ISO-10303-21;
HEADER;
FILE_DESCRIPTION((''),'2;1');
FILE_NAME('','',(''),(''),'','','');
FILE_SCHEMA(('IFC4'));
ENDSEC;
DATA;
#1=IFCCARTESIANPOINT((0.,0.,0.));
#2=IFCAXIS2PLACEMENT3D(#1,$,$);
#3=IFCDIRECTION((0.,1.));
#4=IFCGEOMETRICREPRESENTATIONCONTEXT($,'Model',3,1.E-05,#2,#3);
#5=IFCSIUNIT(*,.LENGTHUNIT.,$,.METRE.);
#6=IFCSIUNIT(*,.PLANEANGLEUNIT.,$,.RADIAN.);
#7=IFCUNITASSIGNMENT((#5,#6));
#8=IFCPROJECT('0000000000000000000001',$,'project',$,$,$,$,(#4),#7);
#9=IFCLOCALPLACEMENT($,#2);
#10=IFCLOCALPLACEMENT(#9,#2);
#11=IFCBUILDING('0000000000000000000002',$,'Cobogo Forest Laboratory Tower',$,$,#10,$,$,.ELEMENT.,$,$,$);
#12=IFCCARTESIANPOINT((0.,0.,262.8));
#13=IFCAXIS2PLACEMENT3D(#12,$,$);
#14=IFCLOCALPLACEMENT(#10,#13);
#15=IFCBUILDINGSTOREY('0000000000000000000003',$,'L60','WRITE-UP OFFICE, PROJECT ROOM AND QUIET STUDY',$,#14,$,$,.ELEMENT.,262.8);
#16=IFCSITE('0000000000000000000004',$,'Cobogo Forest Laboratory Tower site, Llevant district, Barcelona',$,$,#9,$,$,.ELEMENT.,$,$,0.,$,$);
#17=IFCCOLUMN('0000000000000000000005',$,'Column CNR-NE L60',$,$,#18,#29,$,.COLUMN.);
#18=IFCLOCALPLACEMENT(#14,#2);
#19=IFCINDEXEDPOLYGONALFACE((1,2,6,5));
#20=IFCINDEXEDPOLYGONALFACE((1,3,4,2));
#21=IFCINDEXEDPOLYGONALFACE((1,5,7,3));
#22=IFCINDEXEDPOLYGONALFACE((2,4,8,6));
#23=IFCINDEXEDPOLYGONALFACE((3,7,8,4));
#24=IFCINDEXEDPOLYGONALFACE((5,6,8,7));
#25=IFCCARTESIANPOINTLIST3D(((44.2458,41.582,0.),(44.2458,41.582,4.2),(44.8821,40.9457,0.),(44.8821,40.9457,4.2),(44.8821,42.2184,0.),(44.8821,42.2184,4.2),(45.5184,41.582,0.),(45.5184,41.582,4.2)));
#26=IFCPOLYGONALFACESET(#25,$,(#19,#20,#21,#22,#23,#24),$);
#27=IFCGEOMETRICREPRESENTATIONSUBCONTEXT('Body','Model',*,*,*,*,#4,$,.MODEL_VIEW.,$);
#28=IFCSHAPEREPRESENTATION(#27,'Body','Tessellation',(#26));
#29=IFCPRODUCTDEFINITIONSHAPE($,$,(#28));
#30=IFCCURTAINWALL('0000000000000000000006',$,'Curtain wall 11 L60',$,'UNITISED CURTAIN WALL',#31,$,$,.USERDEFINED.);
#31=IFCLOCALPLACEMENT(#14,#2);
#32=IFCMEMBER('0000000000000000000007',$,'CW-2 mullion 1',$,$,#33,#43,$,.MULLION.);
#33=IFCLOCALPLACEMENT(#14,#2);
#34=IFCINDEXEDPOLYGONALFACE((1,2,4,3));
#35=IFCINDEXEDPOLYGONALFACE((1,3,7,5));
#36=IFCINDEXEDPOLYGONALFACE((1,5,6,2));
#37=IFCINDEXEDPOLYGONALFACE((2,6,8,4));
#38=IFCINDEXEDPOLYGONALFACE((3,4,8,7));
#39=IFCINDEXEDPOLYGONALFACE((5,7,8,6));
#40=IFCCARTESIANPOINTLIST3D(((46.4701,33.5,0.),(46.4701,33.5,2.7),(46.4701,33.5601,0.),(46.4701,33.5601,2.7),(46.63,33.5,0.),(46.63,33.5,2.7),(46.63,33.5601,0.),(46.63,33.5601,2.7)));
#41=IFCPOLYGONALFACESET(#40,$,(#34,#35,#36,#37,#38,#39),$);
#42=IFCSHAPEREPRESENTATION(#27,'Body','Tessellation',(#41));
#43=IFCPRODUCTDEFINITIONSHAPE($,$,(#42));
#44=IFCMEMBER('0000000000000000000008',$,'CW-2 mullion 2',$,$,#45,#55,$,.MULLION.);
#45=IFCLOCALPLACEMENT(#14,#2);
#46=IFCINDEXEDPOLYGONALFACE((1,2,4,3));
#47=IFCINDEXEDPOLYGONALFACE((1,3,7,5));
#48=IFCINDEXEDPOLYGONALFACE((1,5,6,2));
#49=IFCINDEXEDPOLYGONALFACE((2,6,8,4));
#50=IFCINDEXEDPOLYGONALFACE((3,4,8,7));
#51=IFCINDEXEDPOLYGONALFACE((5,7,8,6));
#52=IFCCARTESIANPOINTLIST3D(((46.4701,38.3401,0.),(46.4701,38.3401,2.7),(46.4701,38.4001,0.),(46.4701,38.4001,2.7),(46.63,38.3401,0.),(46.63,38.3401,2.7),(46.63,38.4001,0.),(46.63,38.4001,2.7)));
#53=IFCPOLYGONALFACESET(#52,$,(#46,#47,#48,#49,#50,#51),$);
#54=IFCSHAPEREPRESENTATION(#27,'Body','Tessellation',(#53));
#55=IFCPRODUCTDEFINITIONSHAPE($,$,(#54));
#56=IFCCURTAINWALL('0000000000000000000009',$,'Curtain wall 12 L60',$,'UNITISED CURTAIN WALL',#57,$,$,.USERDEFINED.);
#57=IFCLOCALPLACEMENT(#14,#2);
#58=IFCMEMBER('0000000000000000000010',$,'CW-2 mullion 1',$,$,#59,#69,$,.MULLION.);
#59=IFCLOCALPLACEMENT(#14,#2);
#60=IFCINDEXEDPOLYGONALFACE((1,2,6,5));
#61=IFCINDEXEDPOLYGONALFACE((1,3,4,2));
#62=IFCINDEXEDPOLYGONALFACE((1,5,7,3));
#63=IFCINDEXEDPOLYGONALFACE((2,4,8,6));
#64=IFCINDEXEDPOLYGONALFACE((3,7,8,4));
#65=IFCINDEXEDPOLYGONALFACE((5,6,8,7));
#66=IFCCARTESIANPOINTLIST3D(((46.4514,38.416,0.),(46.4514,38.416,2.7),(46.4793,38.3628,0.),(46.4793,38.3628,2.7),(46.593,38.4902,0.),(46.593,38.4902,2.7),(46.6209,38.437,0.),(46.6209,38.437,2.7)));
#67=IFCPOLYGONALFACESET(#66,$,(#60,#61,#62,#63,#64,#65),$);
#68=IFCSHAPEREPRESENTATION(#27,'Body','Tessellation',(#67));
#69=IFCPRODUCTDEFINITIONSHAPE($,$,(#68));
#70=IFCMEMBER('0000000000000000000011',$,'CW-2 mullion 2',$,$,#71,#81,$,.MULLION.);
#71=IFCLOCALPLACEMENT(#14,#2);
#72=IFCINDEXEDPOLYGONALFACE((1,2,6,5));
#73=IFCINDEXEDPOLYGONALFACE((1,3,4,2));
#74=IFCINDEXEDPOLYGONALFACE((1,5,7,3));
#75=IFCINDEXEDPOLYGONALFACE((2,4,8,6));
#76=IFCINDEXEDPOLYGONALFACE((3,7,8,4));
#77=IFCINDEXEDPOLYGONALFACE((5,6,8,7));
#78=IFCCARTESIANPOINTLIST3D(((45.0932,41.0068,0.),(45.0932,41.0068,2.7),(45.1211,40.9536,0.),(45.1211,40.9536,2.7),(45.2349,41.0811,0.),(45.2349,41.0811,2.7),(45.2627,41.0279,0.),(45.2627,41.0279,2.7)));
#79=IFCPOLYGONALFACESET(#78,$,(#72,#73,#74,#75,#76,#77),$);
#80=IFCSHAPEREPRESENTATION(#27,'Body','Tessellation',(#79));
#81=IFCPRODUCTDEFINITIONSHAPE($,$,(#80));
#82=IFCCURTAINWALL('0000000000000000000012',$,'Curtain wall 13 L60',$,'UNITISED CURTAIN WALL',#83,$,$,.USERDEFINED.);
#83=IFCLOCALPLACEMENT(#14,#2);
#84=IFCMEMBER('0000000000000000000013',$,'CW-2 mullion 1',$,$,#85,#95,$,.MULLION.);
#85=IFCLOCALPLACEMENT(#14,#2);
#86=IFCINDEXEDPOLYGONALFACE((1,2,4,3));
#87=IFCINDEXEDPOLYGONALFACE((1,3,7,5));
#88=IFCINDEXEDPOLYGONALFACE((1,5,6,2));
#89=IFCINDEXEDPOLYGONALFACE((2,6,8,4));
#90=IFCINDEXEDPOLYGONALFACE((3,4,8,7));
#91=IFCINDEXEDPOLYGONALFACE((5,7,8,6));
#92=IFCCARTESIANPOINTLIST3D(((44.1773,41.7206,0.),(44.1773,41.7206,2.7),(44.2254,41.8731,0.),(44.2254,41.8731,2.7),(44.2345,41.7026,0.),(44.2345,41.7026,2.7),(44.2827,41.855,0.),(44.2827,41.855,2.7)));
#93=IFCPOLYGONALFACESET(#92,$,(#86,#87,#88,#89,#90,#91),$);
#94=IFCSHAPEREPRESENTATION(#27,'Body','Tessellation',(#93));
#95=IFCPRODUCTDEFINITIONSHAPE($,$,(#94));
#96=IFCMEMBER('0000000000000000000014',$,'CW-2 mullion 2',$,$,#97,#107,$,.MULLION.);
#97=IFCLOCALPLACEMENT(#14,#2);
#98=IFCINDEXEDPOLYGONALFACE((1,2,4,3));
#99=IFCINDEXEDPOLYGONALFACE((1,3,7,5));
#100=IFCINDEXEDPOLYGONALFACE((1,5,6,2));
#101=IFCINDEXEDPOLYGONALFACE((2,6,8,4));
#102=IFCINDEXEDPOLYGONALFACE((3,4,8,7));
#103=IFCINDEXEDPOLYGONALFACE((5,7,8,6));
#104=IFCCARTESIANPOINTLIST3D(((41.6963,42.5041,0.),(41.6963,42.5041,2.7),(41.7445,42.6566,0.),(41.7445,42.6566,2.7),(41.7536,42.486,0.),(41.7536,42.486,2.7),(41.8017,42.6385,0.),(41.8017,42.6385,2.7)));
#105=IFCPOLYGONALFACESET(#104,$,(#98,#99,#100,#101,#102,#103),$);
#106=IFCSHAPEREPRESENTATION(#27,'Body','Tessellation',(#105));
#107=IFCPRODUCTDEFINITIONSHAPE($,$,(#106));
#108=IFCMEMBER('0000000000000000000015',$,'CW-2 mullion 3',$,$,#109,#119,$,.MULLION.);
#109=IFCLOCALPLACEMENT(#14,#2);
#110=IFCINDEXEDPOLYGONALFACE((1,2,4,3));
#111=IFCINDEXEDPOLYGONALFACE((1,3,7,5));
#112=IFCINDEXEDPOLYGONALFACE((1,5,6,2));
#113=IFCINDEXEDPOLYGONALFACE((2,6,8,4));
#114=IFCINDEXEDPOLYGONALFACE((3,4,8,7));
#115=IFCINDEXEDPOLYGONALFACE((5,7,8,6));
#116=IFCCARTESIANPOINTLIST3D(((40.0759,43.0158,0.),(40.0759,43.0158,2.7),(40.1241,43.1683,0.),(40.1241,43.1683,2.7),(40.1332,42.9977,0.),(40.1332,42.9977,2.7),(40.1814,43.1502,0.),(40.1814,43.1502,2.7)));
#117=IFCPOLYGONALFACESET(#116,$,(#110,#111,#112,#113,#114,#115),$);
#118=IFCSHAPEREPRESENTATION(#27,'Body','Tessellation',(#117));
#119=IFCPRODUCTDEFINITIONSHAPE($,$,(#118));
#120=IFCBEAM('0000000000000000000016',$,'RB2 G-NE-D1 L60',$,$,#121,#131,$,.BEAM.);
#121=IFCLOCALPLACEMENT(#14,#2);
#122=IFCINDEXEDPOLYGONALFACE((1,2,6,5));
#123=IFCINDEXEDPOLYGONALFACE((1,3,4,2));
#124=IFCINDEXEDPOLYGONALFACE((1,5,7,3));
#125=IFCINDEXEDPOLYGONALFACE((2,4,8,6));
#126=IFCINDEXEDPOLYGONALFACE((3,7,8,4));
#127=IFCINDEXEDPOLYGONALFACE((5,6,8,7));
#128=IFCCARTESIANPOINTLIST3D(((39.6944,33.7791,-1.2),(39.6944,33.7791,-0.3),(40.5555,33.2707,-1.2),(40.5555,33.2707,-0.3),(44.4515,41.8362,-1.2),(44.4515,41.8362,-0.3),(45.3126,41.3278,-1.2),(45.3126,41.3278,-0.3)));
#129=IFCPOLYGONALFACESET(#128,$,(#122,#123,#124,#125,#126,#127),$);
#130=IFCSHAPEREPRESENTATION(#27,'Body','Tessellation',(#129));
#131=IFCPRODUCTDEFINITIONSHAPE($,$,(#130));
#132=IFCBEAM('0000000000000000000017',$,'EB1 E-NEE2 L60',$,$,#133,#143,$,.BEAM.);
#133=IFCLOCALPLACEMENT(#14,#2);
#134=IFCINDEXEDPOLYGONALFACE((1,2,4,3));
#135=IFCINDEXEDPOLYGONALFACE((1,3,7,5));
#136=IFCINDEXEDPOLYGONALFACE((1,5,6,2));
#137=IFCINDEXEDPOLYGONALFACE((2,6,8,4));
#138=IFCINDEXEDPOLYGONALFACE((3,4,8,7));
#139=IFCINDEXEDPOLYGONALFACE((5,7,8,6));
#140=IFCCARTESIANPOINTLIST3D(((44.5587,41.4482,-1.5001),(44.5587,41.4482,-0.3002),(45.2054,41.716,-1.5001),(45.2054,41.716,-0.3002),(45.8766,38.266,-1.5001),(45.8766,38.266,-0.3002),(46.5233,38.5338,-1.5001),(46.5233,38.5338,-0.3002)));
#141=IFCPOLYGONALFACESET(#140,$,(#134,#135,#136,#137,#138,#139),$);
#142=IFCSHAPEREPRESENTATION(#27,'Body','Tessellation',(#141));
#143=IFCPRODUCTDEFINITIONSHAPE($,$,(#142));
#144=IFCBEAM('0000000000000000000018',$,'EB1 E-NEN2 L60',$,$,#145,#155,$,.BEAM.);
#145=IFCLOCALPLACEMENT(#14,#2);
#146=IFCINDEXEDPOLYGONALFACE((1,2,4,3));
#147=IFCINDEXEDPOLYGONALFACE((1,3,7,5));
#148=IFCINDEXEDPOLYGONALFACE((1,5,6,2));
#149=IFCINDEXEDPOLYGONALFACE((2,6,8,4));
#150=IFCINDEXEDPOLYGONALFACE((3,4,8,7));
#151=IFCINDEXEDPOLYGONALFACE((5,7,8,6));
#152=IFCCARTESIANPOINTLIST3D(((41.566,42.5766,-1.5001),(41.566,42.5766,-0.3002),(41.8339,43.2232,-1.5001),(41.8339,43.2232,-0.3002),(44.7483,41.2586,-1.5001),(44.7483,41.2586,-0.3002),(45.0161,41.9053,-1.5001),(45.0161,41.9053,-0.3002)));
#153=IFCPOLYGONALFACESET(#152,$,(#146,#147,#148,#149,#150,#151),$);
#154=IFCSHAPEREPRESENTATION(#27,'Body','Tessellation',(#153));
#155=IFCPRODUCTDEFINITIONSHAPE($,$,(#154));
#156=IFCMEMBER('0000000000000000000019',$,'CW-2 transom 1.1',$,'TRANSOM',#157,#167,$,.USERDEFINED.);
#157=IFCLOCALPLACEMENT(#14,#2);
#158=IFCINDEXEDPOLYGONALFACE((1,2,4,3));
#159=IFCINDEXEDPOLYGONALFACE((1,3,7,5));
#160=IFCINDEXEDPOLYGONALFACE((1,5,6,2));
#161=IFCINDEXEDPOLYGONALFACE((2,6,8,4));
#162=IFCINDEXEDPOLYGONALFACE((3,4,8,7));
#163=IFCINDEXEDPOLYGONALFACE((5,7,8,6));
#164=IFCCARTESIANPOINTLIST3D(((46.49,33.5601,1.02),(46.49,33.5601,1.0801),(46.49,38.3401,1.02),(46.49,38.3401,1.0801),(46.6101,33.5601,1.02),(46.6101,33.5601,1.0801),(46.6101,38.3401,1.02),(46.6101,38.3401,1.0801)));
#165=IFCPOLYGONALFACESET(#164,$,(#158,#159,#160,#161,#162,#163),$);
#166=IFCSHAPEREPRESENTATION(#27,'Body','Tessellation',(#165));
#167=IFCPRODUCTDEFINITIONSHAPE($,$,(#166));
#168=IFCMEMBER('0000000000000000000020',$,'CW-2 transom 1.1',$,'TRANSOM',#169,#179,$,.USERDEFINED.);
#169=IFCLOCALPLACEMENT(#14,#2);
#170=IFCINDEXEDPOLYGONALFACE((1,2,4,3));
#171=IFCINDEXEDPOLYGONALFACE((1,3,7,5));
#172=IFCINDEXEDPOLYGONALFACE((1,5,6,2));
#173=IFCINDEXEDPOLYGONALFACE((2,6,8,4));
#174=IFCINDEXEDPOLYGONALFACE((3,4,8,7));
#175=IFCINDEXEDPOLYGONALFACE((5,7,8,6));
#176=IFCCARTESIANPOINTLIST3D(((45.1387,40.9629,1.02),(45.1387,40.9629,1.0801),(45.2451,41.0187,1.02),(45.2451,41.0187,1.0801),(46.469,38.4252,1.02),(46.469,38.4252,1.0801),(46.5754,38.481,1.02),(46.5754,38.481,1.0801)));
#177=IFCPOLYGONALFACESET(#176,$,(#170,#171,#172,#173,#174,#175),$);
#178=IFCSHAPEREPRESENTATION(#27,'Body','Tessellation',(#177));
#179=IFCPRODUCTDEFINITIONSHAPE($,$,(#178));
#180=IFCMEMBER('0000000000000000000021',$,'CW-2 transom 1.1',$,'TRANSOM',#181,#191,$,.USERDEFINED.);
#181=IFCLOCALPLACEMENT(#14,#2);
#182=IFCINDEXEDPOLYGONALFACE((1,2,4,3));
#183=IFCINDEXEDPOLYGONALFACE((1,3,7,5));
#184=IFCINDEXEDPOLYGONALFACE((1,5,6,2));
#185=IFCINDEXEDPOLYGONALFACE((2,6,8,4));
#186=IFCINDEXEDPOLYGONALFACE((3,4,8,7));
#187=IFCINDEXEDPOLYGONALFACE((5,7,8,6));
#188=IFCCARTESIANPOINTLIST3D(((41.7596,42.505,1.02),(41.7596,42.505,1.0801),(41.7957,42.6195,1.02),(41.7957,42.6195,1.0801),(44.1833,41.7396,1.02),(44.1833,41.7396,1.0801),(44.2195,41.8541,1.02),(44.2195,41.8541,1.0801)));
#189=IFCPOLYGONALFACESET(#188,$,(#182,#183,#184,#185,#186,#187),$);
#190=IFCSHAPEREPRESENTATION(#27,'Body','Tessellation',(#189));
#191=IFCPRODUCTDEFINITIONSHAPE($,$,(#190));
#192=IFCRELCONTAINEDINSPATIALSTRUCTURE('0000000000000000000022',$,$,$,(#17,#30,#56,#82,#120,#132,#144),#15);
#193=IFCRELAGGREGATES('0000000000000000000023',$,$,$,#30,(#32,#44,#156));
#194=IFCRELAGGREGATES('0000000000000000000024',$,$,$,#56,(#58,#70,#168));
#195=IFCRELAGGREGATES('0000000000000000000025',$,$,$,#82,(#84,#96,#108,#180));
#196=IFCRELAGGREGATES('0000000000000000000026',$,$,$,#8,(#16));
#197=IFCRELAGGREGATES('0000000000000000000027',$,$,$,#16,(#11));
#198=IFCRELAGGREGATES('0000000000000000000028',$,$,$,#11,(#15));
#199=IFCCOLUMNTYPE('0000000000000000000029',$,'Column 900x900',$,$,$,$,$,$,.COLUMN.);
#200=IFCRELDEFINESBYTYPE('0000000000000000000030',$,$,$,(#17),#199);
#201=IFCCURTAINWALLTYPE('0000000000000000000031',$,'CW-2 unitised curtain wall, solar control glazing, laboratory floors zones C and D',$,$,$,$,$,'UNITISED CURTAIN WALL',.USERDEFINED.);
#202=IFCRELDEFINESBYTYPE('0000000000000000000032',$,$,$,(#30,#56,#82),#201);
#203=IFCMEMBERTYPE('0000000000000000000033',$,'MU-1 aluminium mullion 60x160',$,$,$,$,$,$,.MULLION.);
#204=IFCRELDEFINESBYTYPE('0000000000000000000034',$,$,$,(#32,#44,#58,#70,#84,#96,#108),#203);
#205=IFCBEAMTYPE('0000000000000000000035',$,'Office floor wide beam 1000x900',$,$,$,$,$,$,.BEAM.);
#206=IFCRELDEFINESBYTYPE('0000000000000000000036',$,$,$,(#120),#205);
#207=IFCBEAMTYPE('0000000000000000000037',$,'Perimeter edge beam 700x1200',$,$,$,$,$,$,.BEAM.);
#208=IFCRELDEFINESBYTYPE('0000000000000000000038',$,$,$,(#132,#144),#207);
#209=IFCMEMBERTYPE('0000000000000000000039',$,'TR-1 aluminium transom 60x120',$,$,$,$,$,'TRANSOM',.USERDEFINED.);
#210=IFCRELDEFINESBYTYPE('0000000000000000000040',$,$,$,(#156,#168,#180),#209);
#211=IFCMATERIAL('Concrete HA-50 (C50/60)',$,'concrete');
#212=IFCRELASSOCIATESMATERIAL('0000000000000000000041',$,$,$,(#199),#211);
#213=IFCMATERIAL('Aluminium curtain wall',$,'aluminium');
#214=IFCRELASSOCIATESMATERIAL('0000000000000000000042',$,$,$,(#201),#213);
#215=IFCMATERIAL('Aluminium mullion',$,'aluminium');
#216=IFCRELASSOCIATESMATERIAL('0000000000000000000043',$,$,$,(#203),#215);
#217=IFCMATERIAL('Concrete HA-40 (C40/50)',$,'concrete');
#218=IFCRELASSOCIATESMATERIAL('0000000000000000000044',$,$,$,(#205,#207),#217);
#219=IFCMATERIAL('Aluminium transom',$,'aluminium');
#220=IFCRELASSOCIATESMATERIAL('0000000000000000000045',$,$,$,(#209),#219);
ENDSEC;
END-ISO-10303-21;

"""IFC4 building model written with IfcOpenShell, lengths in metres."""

from ifc_helpers import new_model, si_unit, direction, frame, origin, origin_2d, place, context, subcontext, project, spatial, rectangle, extrude, material, material_profile, profile_set, type_object, element, aggregate, save


model = new_model("IFC4")

# Units and contexts
model_context = context("Model", 3, precision=1e-05, world=origin(), true_north=direction((0.0, 1.0)))
body_context = subcontext(model_context, "Body", "Model", "MODEL_VIEW")
ifc_project = project(units=[si_unit("LENGTHUNIT", "METRE"), si_unit("PLANEANGLEUNIT", "RADIAN")], contexts=[model_context])

# Site, building, storey
site_placement = place(None, origin())
site = spatial("IfcSite", under=ifc_project, at=site_placement, Name="Cobogo Forest Laboratory Tower site, Llevant district, Barcelona", CompositionType="ELEMENT", RefElevation=0.0)
building_placement = place(site_placement, origin())
building = spatial("IfcBuilding", under=site, at=building_placement, Name="Cobogo Forest Laboratory Tower", CompositionType="ELEMENT")
storey_placement = place(building_placement, frame((0.0, 0.0, 262.8)))
storey = spatial("IfcBuildingStorey", under=building, at=storey_placement, Name="L60", Description="WRITE-UP OFFICE, PROJECT ROOM AND QUIET STUDY", CompositionType="ELEMENT", Elevation=262.8)

# Column
ifc_material_1 = material(Name="Concrete HA-50 (C50/60)", Category="concrete")
ifc_material_profile_1 = material_profile(ifc_material_1, rectangle(XDim=0.8999, YDim=0.8999, at=origin_2d()), Name="RC 900x900")
ifc_profile_set_1 = profile_set([ifc_material_profile_1], Name="Concrete HA-50 (C50/60)")
column_type = type_object("IfcColumnType", Name="Column 900x900", PredefinedType="COLUMN", material=ifc_profile_set_1)
column_placement = place(storey_placement, frame((44.8821, 41.582, 0.0), z_axis=(0.0, 0.0, 1.0), x_axis=(0.707107, 0.707107, 0.0)))
element("IfcColumn", 1, at=column_placement, inside=storey, type_object=column_type, Name="Column CNR-NE L60", PredefinedType="COLUMN", context=body_context, shape_type="SweptSolid", body=[
    extrude(rectangle(XDim=0.8999, YDim=0.8999, at=origin_2d()), origin(), (0.0, 0.0, 1.0), 4.2),
])

# Curtain walls, members
ifc_material_2 = material(Name="Aluminium curtain wall", Category="aluminium")
curtain_wall_type = type_object("IfcCurtainWallType", Name="CW-2 unitised curtain wall, solar control glazing, laboratory floors zones C and D", ElementType="UNITISED CURTAIN WALL", PredefinedType="USERDEFINED", material=ifc_material_2)
curtain_wall_1_placement = place(storey_placement, origin())
curtain_wall_1 = element("IfcCurtainWall", 2, at=curtain_wall_1_placement, inside=storey, type_object=curtain_wall_type, Name="Curtain wall 11 L60", ObjectType="UNITISED CURTAIN WALL", PredefinedType="USERDEFINED")
ifc_material_3 = material(Name="Aluminium mullion", Category="aluminium")
ifc_material_profile_2 = material_profile(ifc_material_3, rectangle(XDim=0.0601, YDim=0.1599, at=origin_2d()), Name="AL 60x160")
ifc_profile_set_2 = profile_set([ifc_material_profile_2], Name="Aluminium mullion")
member_type_1 = type_object("IfcMemberType", Name="MU-1 aluminium mullion 60x160", PredefinedType="MULLION", material=ifc_profile_set_2)
member_1_placement = place(storey_placement, frame((46.55, 33.53, 0.0), z_axis=(0.0, 0.0, 1.0), x_axis=(0.0, 1.0, 0.0)))
member_1 = element("IfcMember", 3, at=member_1_placement, type_object=member_type_1, Name="CW-2 mullion 1", PredefinedType="MULLION", context=body_context, shape_type="SweptSolid", body=[
    extrude(rectangle(XDim=0.0601, YDim=0.1599, at=origin_2d()), origin(), (0.0, 0.0, 1.0), 2.7),
])
member_2_placement = place(storey_placement, frame((46.55, 38.3701, 0.0), z_axis=(0.0, 0.0, 1.0), x_axis=(0.0, 1.0, 0.0)))
member_2 = element("IfcMember", 4, at=member_2_placement, type_object=member_type_1, Name="CW-2 mullion 2", PredefinedType="MULLION", context=body_context, shape_type="SweptSolid", body=[
    extrude(rectangle(XDim=0.0601, YDim=0.1599, at=origin_2d()), origin(), (0.0, 0.0, 1.0), 2.7),
])
curtain_wall_2_placement = place(storey_placement, origin())
curtain_wall_2 = element("IfcCurtainWall", 5, at=curtain_wall_2_placement, inside=storey, type_object=curtain_wall_type, Name="Curtain wall 12 L60", ObjectType="UNITISED CURTAIN WALL", PredefinedType="USERDEFINED")
member_3_placement = place(storey_placement, frame((46.5361, 38.4265, 0.0), z_axis=(0.0, 0.0, 1.0), x_axis=(-0.464284, 0.885686, 0.0)))
member_3 = element("IfcMember", 6, at=member_3_placement, type_object=member_type_1, Name="CW-2 mullion 1", PredefinedType="MULLION", context=body_context, shape_type="SweptSolid", body=[
    extrude(rectangle(XDim=0.0601, YDim=0.1599, at=origin_2d()), origin(), (0.0, 0.0, 1.0), 2.7),
])
member_4_placement = place(storey_placement, frame((45.178, 41.0173, 0.0), z_axis=(0.0, 0.0, 1.0), x_axis=(-0.464284, 0.885686, 0.0)))
member_4 = element("IfcMember", 7, at=member_4_placement, type_object=member_type_1, Name="CW-2 mullion 2", PredefinedType="MULLION", context=body_context, shape_type="SweptSolid", body=[
    extrude(rectangle(XDim=0.0601, YDim=0.1599, at=origin_2d()), origin(), (0.0, 0.0, 1.0), 2.7),
])
curtain_wall_3_placement = place(storey_placement, origin())
curtain_wall_3 = element("IfcCurtainWall", 8, at=curtain_wall_3_placement, inside=storey, type_object=curtain_wall_type, Name="Curtain wall 13 L60", ObjectType="UNITISED CURTAIN WALL", PredefinedType="USERDEFINED")
member_5_placement = place(storey_placement, frame((44.23, 41.7878, 0.0), z_axis=(0.0, 0.0, 1.0), x_axis=(-0.953581, 0.301135, 0.0)))
member_5 = element("IfcMember", 9, at=member_5_placement, type_object=member_type_1, Name="CW-2 mullion 1", PredefinedType="MULLION", context=body_context, shape_type="SweptSolid", body=[
    extrude(rectangle(XDim=0.0601, YDim=0.1599, at=origin_2d()), origin(), (0.0, 0.0, 1.0), 2.7),
])
member_6_placement = place(storey_placement, frame((41.749, 42.5713, 0.0), z_axis=(0.0, 0.0, 1.0), x_axis=(-0.953581, 0.301135, 0.0)))
member_6 = element("IfcMember", 10, at=member_6_placement, type_object=member_type_1, Name="CW-2 mullion 2", PredefinedType="MULLION", context=body_context, shape_type="SweptSolid", body=[
    extrude(rectangle(XDim=0.0601, YDim=0.1599, at=origin_2d()), origin(), (0.0, 0.0, 1.0), 2.7),
])
member_7_placement = place(storey_placement, frame((40.1287, 43.083, 0.0), z_axis=(0.0, 0.0, 1.0), x_axis=(-0.953581, 0.301135, 0.0)))
member_7 = element("IfcMember", 11, at=member_7_placement, type_object=member_type_1, Name="CW-2 mullion 3", PredefinedType="MULLION", context=body_context, shape_type="SweptSolid", body=[
    extrude(rectangle(XDim=0.0601, YDim=0.1599, at=origin_2d()), origin(), (0.0, 0.0, 1.0), 2.7),
])

# Beams
ifc_material_4 = material(Name="Concrete HA-40 (C40/50)", Category="concrete")
ifc_material_profile_3 = material_profile(ifc_material_4, rectangle(XDim=1.0, YDim=0.8999, at=origin_2d()), Name="RC 1000x900")
ifc_profile_set_3 = profile_set([ifc_material_profile_3], Name="Concrete HA-40 (C40/50)")
beam_type_1 = type_object("IfcBeamType", Name="Office floor wide beam 1000x900", PredefinedType="BEAM", material=ifc_profile_set_3)
beam_placement = place(storey_placement, frame((44.8821, 41.582, -0.75), z_axis=(-0.508416, -0.861111, 0.0), x_axis=(0.861111, -0.508416, 0.0)))
element("IfcBeam", 12, at=beam_placement, inside=storey, type_object=beam_type_1, Name="RB2 G-NE-D1 L60", PredefinedType="BEAM", context=body_context, shape_type="SweptSolid", body=[
    extrude(rectangle(XDim=1.0, YDim=0.8999, at=origin_2d()), origin(), (0.0, 0.0, 1.0), 9.3567),
])
ifc_material_profile_4 = material_profile(ifc_material_4, rectangle(XDim=0.7, YDim=1.2, at=origin_2d()), Name="RC 700x1200")
ifc_profile_set_4 = profile_set([ifc_material_profile_4], Name="Concrete HA-40 (C40/50)")
beam_type_2 = type_object("IfcBeamType", Name="Perimeter edge beam 700x1200", PredefinedType="BEAM", material=ifc_profile_set_4)
for number, where, z_axis, x_axis, name in (
    (13, (46.2, 38.3999, -0.9001), (-0.382631, 0.923901, 0.0), (-0.923901, -0.382631, 0.0), "EB1 E-NEE2 L60"),
    (14, (41.7, 42.8999, -0.9001), (0.923901, -0.382631, 0.0), (0.382631, 0.923901, 0.0), "EB1 E-NEN2 L60"),
):
    element("IfcBeam", number, at=place(storey_placement, frame(where, z_axis=z_axis, x_axis=x_axis)), inside=storey, type_object=beam_type_2, Name=name, PredefinedType="BEAM", context=body_context, shape_type="SweptSolid", body=[
        extrude(rectangle(XDim=0.7, YDim=1.2, at=origin_2d()), origin(), (0.0, 0.0, 1.0), 3.4443),
    ])

# Members
ifc_material_5 = material(Name="Aluminium transom", Category="aluminium")
ifc_material_profile_5 = material_profile(ifc_material_5, rectangle(XDim=0.1201, YDim=0.0601, at=origin_2d()), Name="AL 60x120")
ifc_profile_set_5 = profile_set([ifc_material_profile_5], Name="Aluminium transom")
member_type_2 = type_object("IfcMemberType", Name="TR-1 aluminium transom 60x120", ElementType="TRANSOM", PredefinedType="USERDEFINED", material=ifc_profile_set_5)
member_8_placement = place(storey_placement, frame((46.55, 33.5601, 1.05), z_axis=(0.0, 1.0, 0.0), x_axis=(-1.0, 0.0, 0.0)))
member_8 = element("IfcMember", 15, at=member_8_placement, type_object=member_type_2, Name="CW-2 transom 1.1", ObjectType="TRANSOM", PredefinedType="USERDEFINED", context=body_context, shape_type="SweptSolid", body=[
    extrude(rectangle(XDim=0.1201, YDim=0.0601, at=origin_2d()), origin(), (0.0, 0.0, 1.0), 4.78),
])
member_9_placement = place(storey_placement, frame((46.5222, 38.4531, 1.05), z_axis=(-0.464309, 0.885673, 0.0), x_axis=(-0.885673, -0.464309, 0.0)))
member_9 = element("IfcMember", 16, at=member_9_placement, type_object=member_type_2, Name="CW-2 transom 1.1", ObjectType="TRANSOM", PredefinedType="USERDEFINED", context=body_context, shape_type="SweptSolid", body=[
    extrude(rectangle(XDim=0.1201, YDim=0.0601, at=origin_2d()), origin(), (0.0, 0.0, 1.0), 2.8652),
])
member_10_placement = place(storey_placement, frame((44.2014, 41.7969, 1.05), z_axis=(-0.953587, 0.301118, 0.0), x_axis=(-0.301118, -0.953587, 0.0)))
member_10 = element("IfcMember", 17, at=member_10_placement, type_object=member_type_2, Name="CW-2 transom 1.1", ObjectType="TRANSOM", PredefinedType="USERDEFINED", context=body_context, shape_type="SweptSolid", body=[
    extrude(rectangle(XDim=0.1201, YDim=0.0601, at=origin_2d()), origin(), (0.0, 0.0, 1.0), 2.5417),
])

aggregate(curtain_wall_1, [member_1, member_2, member_8])
aggregate(curtain_wall_2, [member_3, member_4, member_9])
aggregate(curtain_wall_3, [member_5, member_6, member_7, member_10])

save(model, "model.ifc")
